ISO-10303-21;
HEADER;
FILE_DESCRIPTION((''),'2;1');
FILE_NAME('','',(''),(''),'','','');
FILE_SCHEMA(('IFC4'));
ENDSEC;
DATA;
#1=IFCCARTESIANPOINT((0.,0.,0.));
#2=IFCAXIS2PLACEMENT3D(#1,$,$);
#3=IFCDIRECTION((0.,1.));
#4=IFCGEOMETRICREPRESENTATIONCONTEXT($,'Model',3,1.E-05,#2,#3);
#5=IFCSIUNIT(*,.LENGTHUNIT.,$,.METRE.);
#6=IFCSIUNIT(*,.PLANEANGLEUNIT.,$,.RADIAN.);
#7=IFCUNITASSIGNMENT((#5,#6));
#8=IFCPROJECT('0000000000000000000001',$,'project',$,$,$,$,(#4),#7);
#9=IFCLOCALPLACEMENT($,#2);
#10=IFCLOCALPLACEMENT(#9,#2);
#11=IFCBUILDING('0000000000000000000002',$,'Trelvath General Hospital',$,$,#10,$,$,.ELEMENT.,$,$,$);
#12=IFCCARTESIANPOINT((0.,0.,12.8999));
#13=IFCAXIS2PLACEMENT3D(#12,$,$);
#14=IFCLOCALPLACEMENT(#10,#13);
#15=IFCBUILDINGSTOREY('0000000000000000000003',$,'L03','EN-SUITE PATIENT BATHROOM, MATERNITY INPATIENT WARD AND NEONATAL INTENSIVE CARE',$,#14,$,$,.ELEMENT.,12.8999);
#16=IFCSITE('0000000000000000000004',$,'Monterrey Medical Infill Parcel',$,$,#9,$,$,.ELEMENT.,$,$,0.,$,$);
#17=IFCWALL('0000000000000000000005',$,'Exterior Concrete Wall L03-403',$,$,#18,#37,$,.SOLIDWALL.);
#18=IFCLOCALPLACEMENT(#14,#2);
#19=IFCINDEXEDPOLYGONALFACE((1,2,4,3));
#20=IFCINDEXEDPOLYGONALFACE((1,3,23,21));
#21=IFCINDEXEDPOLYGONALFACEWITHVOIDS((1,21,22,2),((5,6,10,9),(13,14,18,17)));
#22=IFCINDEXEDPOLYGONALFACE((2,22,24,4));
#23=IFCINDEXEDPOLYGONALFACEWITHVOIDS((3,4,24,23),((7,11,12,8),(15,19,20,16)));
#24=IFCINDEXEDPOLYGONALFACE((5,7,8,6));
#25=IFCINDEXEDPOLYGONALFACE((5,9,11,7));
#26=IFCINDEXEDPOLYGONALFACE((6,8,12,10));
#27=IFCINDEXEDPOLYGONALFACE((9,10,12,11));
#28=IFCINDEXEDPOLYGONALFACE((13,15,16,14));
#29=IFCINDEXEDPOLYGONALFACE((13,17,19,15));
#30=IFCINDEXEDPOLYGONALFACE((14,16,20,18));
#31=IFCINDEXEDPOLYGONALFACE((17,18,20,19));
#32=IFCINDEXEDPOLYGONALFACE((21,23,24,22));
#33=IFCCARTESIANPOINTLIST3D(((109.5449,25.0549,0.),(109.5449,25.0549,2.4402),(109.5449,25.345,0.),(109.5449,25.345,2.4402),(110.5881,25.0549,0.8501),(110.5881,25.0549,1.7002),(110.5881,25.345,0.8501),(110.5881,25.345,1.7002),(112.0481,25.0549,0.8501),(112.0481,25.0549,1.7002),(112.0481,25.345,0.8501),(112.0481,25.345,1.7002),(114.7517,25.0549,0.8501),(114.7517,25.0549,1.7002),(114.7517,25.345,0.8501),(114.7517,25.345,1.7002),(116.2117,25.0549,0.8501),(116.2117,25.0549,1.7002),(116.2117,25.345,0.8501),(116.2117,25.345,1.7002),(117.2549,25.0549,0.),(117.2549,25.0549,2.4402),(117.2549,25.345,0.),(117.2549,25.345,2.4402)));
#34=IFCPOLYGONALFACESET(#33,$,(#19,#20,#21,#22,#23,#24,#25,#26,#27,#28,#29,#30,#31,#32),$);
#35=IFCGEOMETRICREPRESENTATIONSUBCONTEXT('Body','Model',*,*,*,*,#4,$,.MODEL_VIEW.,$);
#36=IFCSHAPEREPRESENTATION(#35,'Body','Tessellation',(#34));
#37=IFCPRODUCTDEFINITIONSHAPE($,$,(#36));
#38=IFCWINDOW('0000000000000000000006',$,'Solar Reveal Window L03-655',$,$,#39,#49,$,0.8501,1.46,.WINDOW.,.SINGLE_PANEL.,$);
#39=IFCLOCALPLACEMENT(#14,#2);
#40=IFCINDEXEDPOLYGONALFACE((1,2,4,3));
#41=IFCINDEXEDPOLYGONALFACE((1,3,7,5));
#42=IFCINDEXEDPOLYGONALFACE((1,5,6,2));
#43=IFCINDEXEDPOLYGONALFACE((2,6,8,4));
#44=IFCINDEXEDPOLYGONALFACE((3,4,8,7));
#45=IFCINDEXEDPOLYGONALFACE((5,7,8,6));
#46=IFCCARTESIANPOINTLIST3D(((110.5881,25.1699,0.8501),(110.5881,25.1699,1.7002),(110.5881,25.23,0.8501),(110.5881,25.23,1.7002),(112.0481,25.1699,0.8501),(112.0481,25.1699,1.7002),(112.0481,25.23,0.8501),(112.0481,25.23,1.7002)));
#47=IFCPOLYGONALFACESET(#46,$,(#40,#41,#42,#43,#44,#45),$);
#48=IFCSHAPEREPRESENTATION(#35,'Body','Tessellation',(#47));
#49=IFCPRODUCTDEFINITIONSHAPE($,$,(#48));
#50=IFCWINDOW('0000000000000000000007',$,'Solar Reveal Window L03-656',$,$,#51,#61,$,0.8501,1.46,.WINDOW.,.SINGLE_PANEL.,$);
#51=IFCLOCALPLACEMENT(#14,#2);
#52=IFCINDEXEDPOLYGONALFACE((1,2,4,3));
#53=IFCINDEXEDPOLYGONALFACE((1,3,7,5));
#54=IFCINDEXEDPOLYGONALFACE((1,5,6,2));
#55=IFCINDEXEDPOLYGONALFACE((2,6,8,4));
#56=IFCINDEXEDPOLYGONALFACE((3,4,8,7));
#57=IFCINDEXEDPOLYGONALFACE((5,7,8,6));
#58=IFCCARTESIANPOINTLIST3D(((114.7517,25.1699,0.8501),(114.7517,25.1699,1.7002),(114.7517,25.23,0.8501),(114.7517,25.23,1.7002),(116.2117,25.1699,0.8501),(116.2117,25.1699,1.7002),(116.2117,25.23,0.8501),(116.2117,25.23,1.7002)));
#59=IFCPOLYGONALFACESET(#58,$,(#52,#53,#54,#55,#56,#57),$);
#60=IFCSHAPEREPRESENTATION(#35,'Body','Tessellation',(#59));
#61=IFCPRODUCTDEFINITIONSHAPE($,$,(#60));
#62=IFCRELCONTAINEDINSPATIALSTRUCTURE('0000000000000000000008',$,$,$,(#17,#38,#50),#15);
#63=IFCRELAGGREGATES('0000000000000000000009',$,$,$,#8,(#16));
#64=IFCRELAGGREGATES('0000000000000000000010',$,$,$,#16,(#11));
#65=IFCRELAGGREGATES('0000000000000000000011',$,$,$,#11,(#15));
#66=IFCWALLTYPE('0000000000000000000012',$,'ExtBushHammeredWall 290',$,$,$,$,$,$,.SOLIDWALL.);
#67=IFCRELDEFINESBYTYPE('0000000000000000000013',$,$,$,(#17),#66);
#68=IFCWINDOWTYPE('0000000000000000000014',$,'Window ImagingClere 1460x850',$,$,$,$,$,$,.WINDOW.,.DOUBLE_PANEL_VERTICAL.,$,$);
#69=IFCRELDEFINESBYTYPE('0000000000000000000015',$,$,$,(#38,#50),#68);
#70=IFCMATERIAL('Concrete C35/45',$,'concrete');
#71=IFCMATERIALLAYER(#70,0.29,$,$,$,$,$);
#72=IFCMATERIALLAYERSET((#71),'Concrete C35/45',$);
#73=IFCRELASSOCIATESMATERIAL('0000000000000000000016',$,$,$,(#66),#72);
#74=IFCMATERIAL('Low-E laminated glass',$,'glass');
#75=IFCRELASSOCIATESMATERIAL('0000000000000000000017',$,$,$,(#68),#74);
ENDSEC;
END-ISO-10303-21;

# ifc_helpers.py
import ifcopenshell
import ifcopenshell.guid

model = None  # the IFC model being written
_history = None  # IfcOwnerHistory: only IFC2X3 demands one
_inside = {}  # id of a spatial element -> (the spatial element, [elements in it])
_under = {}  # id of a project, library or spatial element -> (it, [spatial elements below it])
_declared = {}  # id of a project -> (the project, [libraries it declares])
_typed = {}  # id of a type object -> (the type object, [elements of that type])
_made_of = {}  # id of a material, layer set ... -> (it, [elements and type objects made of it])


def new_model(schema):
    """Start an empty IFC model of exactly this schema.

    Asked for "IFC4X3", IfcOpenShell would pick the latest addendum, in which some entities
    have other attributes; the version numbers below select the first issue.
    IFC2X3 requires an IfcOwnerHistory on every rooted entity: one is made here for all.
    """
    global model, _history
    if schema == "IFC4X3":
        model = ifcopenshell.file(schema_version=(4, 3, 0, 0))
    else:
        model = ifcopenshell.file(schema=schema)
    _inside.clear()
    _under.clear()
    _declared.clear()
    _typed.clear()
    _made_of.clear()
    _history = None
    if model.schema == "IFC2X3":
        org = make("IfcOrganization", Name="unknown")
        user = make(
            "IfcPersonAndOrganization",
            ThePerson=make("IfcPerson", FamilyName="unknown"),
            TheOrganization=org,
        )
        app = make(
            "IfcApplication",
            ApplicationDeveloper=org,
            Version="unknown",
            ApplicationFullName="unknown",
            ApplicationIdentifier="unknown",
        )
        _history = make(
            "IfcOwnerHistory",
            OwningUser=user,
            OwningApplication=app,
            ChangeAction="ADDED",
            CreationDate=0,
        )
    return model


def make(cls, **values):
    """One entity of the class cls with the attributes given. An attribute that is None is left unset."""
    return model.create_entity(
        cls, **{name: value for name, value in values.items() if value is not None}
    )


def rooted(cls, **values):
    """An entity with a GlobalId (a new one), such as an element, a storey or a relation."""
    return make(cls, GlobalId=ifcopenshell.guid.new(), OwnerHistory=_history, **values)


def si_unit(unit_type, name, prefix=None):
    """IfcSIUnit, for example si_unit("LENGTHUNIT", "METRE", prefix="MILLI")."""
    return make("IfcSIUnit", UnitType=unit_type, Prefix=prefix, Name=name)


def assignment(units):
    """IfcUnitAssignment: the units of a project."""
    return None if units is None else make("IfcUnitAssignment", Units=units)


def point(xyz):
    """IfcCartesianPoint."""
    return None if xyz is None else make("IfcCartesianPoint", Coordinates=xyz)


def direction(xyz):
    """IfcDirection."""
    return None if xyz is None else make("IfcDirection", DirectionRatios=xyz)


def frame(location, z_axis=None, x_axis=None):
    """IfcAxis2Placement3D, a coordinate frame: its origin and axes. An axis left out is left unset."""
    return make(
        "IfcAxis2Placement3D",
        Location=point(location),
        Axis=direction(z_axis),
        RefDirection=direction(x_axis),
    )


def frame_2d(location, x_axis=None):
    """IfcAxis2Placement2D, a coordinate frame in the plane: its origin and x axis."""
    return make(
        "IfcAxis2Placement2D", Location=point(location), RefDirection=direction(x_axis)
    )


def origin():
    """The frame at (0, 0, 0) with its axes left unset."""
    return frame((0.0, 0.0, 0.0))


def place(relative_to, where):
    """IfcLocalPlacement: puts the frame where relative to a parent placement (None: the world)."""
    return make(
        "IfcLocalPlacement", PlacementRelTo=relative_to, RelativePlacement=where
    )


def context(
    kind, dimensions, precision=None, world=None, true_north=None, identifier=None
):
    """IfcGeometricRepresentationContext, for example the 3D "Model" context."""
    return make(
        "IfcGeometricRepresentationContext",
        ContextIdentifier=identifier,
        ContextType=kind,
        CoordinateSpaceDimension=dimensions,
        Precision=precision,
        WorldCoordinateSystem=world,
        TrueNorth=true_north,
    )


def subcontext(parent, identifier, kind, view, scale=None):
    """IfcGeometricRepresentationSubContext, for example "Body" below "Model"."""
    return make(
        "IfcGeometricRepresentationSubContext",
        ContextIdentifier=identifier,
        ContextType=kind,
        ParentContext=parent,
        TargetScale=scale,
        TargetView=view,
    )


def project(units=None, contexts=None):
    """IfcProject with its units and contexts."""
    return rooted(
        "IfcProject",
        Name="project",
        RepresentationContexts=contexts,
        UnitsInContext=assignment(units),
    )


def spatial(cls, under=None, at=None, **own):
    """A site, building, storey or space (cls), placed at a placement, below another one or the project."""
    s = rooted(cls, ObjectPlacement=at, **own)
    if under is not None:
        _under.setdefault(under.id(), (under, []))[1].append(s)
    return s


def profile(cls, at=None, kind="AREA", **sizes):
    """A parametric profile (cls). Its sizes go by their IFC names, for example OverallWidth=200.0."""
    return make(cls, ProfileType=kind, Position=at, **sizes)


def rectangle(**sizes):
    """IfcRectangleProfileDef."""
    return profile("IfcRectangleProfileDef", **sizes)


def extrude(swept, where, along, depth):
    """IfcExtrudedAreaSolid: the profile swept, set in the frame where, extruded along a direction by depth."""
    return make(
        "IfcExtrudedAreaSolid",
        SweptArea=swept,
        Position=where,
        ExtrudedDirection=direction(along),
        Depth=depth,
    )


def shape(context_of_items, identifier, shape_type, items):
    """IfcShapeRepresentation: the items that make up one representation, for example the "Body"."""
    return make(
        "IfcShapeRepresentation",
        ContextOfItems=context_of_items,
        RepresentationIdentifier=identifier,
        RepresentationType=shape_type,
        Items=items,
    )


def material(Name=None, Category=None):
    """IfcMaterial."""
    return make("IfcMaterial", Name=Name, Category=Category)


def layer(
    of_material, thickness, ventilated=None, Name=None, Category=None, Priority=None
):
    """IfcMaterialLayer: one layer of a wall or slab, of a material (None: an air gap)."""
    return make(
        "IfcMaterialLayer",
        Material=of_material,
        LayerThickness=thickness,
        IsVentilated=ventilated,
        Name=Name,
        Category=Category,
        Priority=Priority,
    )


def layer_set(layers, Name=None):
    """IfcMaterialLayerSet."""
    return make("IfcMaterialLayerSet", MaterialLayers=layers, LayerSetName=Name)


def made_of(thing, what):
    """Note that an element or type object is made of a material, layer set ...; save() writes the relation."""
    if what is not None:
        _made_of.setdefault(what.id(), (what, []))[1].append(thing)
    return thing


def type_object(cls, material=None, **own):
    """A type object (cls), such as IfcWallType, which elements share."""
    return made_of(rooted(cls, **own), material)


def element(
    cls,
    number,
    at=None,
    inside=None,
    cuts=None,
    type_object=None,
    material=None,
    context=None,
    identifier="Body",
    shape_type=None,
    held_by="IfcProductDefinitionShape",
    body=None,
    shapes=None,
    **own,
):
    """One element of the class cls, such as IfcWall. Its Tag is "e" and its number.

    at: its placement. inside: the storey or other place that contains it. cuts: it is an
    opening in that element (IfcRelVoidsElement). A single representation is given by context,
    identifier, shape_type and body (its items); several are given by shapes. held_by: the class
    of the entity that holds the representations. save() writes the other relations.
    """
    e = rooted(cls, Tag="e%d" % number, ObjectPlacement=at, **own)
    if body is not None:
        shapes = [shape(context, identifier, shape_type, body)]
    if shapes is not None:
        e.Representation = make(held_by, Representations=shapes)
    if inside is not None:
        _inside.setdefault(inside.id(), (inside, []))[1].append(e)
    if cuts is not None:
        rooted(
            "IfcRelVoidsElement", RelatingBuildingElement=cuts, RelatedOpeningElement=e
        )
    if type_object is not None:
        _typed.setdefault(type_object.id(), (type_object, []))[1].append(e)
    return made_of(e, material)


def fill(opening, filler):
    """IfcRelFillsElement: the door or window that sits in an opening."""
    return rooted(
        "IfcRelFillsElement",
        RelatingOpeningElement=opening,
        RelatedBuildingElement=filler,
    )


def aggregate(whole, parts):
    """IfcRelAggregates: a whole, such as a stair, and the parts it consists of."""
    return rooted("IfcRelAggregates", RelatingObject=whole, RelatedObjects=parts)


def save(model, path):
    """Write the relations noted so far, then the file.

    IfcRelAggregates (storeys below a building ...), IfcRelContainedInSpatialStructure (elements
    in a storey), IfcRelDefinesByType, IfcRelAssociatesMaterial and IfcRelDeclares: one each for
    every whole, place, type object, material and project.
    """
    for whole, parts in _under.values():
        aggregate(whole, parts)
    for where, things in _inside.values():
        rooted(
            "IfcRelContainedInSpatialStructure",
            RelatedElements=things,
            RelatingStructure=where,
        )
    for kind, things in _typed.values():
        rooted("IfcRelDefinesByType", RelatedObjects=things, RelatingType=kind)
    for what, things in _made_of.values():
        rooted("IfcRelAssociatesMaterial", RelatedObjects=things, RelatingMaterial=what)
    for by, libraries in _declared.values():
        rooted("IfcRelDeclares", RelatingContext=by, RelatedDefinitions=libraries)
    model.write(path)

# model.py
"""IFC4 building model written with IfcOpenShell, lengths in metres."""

from ifc_helpers import new_model, si_unit, direction, frame, frame_2d, origin, place, context, subcontext, project, spatial, rectangle, extrude, material, layer, layer_set, type_object, element, fill, save


model = new_model("IFC4")

# Units and contexts
model_context = context("Model", 3, precision=1e-05, world=origin(), true_north=direction((0.0, 1.0)))
body_context = subcontext(model_context, "Body", "Model", "MODEL_VIEW")
ifc_project = project(units=[si_unit("LENGTHUNIT", "METRE"), si_unit("PLANEANGLEUNIT", "RADIAN")], contexts=[model_context])

# Site, building, storey
site_placement = place(None, origin())
site = spatial("IfcSite", under=ifc_project, at=site_placement, Name="Monterrey Medical Infill Parcel", CompositionType="ELEMENT", RefElevation=0.0)
building_placement = place(site_placement, origin())
building = spatial("IfcBuilding", under=site, at=building_placement, Name="Trelvath General Hospital", CompositionType="ELEMENT")
storey_placement = place(building_placement, frame((0.0, 0.0, 12.8999)))
storey = spatial("IfcBuildingStorey", under=building, at=storey_placement, Name="L03", Description="EN-SUITE PATIENT BATHROOM, MATERNITY INPATIENT WARD AND NEONATAL INTENSIVE CARE", CompositionType="ELEMENT", Elevation=12.8999)

# Wall, openings, windows
ifc_material_1 = material(Name="Concrete C35/45", Category="concrete")
ifc_layer_1 = layer(ifc_material_1, 0.29)
ifc_layer_set_1 = layer_set([ifc_layer_1], Name="Concrete C35/45")
wall_type_1 = type_object("IfcWallType", Name="ExtBushHammeredWall 290", PredefinedType="SOLIDWALL", material=ifc_layer_set_1)
wall_1_placement = place(storey_placement, frame((109.5449, 25.2, 0.0), z_axis=(0.0, 0.0, 1.0), x_axis=(1.0, 0.0, 0.0)))
wall_1 = element("IfcWall", 1, at=wall_1_placement, inside=storey, type_object=wall_type_1, Name="Exterior Concrete Wall L03-403", PredefinedType="SOLIDWALL", context=body_context, shape_type="SweptSolid", body=[
    extrude(rectangle(XDim=7.71, YDim=0.29, at=frame_2d((3.855, 0.0))), origin(), (0.0, 0.0, 1.0), 2.4402),
])
opening_1_placement = place(wall_1_placement, frame((1.0432, 0.0, 0.8501)))
opening_1 = element("IfcOpeningElement", 2, at=opening_1_placement, cuts=wall_1, PredefinedType="OPENING", context=body_context, shape_type="SweptSolid", body=[
    extrude(rectangle(XDim=1.46, YDim=0.8501, at=frame_2d((0.73, 0.425))), frame((0.0, 0.155, 0.0), z_axis=(0.0, -1.0, 0.0), x_axis=(1.0, 0.0, 0.0)), (0.0, 0.0, 1.0), 0.3101),
])
opening_2_placement = place(wall_1_placement, frame((5.2068, 0.0, 0.8501)))
opening_2 = element("IfcOpeningElement", 3, at=opening_2_placement, cuts=wall_1, PredefinedType="OPENING", context=body_context, shape_type="SweptSolid", body=[
    extrude(rectangle(XDim=1.46, YDim=0.8501, at=frame_2d((0.73, 0.425))), frame((0.0, 0.155, 0.0), z_axis=(0.0, -1.0, 0.0), x_axis=(1.0, 0.0, 0.0)), (0.0, 0.0, 1.0), 0.3101),
])
ifc_material_2 = material(Name="Low-E laminated glass", Category="glass")
window_type = type_object("IfcWindowType", Name="Window ImagingClere 1460x850", PartitioningType="DOUBLE_PANEL_VERTICAL", PredefinedType="WINDOW", material=ifc_material_2)
window_1_placement = place(opening_1_placement, origin())
window_1 = element("IfcWindow", 4, at=window_1_placement, inside=storey, type_object=window_type, Name="Solar Reveal Window L03-655", OverallHeight=0.8501, OverallWidth=1.46, PartitioningType="SINGLE_PANEL", PredefinedType="WINDOW", context=body_context, shape_type="SweptSolid", body=[
    extrude(rectangle(XDim=1.46, YDim=0.8501, at=frame_2d((0.73, 0.425))), frame((0.0, 0.03, 0.0), z_axis=(0.0, -1.0, 0.0), x_axis=(1.0, 0.0, 0.0)), (0.0, 0.0, 1.0), 0.0601),
])
fill(opening_1, window_1)
window_2_placement = place(opening_2_placement, origin())
window_2 = element("IfcWindow", 5, at=window_2_placement, inside=storey, type_object=window_type, Name="Solar Reveal Window L03-656", OverallHeight=0.8501, OverallWidth=1.46, PartitioningType="SINGLE_PANEL", PredefinedType="WINDOW", context=body_context, shape_type="SweptSolid", body=[
    extrude(rectangle(XDim=1.46, YDim=0.8501, at=frame_2d((0.73, 0.425))), frame((0.0, 0.03, 0.0), z_axis=(0.0, -1.0, 0.0), x_axis=(1.0, 0.0, 0.0)), (0.0, 0.0, 1.0), 0.0601),
])
fill(opening_2, window_2)

save(model, "model.ifc")
